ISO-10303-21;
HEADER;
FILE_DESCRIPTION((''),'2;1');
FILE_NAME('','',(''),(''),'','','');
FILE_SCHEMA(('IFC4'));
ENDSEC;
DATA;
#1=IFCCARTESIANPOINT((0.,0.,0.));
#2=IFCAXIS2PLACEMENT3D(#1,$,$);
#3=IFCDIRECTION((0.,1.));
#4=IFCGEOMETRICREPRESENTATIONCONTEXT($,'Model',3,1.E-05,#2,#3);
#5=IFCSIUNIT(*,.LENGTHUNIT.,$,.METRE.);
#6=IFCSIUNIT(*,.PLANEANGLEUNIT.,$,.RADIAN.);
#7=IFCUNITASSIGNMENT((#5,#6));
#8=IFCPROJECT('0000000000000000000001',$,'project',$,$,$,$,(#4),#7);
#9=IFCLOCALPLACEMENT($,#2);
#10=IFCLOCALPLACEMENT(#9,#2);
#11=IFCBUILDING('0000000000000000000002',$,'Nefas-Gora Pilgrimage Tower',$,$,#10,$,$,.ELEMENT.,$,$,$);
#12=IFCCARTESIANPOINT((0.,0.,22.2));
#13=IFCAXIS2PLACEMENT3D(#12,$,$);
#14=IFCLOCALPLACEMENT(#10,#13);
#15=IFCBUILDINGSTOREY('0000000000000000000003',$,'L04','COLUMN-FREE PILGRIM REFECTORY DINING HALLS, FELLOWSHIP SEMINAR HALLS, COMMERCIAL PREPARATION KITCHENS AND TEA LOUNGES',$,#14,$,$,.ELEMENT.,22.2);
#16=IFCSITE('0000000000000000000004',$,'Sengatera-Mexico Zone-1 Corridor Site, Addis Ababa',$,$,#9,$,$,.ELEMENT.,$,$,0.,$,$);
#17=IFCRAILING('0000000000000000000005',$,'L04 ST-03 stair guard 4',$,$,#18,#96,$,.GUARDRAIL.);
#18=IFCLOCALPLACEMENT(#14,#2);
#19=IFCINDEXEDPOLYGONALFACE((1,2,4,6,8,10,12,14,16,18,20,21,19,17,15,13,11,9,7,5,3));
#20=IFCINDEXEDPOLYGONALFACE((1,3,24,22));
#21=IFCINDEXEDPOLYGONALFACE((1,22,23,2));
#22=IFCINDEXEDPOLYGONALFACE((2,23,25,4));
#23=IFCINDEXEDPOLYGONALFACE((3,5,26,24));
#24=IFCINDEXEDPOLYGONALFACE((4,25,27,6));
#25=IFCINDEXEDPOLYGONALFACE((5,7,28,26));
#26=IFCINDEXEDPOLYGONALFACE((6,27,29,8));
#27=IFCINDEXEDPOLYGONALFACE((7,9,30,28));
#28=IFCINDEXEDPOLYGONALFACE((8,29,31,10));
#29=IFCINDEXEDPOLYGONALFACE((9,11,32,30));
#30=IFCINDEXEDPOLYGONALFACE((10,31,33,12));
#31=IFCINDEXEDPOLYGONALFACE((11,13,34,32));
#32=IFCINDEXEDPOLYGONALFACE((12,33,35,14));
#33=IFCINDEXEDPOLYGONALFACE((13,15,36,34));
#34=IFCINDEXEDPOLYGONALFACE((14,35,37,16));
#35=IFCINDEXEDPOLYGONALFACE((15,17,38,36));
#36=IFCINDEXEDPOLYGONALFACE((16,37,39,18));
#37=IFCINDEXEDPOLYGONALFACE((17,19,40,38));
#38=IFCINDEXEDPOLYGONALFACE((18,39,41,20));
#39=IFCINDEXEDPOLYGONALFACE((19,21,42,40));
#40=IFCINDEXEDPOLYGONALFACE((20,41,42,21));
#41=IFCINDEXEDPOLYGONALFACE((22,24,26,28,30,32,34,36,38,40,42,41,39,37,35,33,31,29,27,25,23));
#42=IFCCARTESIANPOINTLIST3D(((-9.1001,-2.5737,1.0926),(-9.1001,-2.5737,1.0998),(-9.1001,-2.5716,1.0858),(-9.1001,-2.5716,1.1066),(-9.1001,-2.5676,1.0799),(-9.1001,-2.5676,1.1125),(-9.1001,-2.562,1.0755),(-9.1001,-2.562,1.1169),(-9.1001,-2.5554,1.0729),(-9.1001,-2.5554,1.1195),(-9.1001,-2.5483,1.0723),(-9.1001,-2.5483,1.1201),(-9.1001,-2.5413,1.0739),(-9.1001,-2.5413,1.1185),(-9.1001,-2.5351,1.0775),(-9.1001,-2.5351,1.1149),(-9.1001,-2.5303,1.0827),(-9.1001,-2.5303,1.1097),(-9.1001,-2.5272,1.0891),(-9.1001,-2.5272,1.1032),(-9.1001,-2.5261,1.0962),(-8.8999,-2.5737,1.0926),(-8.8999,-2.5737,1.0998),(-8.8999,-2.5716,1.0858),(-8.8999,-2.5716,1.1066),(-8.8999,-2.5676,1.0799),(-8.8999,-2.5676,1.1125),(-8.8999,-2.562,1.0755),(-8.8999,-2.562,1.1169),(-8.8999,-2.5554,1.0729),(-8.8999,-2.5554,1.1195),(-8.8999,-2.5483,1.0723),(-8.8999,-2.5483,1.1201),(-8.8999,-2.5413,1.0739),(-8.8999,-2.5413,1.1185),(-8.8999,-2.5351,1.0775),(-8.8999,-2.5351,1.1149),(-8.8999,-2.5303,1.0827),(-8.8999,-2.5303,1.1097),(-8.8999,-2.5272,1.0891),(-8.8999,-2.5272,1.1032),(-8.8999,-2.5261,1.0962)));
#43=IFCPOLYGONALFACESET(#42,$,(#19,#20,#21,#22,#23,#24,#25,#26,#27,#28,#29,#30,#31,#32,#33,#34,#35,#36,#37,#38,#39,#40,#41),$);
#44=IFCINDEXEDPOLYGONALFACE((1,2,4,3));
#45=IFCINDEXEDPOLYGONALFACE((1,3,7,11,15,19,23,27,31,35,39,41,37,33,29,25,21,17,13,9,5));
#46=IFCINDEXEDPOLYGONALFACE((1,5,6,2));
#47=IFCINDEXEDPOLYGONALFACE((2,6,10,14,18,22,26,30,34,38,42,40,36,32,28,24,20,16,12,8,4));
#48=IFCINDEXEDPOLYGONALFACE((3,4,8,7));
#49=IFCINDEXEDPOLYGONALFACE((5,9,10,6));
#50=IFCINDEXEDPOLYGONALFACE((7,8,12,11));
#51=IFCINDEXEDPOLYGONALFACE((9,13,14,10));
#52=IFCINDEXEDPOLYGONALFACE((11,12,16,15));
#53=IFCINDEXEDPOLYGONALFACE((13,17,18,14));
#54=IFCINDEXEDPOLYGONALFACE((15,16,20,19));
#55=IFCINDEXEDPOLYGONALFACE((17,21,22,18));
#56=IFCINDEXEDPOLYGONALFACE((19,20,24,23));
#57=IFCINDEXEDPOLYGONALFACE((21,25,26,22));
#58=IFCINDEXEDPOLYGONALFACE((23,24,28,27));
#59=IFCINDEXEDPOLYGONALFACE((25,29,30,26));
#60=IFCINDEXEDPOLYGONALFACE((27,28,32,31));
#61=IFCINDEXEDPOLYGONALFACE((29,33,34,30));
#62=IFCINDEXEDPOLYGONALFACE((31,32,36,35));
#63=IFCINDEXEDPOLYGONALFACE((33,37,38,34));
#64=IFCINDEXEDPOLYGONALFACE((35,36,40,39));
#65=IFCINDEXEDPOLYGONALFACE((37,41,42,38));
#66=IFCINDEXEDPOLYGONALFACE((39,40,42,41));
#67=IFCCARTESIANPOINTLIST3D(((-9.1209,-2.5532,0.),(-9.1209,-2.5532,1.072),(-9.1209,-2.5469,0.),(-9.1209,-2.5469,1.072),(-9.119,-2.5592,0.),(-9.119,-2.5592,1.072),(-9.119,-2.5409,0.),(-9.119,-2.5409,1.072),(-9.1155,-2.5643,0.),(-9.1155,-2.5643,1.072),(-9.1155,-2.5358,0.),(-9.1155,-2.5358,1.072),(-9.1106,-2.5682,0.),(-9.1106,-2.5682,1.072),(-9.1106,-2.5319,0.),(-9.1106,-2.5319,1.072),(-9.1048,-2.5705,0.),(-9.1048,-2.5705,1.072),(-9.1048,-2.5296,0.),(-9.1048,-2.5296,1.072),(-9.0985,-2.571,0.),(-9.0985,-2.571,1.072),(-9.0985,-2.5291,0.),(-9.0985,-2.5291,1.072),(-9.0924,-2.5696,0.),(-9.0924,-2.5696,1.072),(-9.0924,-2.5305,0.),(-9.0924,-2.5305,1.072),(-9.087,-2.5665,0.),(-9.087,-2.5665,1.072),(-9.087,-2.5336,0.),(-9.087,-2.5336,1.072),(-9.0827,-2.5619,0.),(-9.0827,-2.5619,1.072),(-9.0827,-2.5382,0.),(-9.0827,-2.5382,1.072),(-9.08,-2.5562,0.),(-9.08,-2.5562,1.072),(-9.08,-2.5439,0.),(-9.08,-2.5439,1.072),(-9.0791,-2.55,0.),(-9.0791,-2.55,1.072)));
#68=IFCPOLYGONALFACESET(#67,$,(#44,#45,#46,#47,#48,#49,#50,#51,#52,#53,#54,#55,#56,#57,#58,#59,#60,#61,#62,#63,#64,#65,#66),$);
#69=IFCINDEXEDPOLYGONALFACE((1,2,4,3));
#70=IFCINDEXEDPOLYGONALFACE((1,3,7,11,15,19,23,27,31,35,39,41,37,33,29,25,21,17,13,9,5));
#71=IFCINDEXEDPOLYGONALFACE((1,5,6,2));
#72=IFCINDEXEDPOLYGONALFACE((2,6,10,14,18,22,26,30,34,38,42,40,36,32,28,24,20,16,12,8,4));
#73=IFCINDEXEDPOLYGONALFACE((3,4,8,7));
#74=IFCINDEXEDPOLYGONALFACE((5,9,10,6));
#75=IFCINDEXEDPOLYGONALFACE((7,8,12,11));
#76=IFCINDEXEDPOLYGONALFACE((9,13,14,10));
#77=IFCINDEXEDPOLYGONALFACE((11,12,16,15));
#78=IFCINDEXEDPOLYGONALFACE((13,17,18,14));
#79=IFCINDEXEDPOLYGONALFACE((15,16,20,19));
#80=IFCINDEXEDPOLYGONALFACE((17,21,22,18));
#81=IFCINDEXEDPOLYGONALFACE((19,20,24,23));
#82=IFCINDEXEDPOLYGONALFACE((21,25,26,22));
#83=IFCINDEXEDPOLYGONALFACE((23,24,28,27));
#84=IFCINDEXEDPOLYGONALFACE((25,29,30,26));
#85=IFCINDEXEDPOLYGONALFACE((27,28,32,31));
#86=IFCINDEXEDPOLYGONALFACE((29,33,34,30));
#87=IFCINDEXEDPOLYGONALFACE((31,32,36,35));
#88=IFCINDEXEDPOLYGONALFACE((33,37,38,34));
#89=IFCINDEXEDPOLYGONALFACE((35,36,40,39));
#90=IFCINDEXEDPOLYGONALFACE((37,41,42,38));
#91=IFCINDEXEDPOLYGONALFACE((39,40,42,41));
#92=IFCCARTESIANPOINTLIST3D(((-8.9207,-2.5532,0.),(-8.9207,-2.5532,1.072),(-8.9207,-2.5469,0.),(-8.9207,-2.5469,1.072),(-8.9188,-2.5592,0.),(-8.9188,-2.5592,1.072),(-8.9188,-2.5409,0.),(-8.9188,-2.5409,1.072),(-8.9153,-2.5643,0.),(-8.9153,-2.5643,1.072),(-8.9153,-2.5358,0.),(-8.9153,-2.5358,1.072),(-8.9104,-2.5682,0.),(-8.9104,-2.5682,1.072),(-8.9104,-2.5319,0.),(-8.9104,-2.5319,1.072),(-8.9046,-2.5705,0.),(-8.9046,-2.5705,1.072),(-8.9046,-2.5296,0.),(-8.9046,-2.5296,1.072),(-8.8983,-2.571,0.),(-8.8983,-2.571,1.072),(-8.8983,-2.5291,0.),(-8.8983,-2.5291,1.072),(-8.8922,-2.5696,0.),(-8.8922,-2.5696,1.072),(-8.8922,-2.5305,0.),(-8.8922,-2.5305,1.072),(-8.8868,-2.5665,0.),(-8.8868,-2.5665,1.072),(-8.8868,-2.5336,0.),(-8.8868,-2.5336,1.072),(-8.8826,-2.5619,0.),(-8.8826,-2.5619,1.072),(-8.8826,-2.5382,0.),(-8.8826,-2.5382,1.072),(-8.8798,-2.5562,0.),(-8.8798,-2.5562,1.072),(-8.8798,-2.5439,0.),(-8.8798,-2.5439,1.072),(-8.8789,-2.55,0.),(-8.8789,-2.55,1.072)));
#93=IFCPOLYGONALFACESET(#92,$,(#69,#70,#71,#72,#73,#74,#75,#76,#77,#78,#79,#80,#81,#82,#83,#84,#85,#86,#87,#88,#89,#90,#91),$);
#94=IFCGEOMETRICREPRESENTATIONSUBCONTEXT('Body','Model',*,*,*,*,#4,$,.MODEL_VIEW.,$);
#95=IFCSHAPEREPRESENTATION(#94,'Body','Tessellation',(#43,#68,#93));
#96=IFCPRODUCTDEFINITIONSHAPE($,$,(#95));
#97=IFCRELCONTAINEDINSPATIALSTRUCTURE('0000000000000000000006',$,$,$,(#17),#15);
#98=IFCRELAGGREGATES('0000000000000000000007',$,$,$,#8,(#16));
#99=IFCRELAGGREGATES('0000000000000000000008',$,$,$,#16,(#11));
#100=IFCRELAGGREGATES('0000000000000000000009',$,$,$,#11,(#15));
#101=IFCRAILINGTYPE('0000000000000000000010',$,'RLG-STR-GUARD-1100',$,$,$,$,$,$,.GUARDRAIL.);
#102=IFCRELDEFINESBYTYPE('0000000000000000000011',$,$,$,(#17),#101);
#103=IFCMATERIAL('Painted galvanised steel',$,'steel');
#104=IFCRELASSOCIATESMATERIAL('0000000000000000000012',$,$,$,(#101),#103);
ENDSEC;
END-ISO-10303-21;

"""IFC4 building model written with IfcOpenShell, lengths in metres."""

from ifc_helpers import new_model, si_unit, direction, frame, origin, origin_2d, place, context, subcontext, project, spatial, circle, extrude, material, type_object, element, save


model = new_model("IFC4")

# Units and contexts
model_context = context("Model", 3, precision=1e-05, world=origin(), true_north=direction((0.0, 1.0)))
body_context = subcontext(model_context, "Body", "Model", "MODEL_VIEW")
ifc_project = project(units=[si_unit("LENGTHUNIT", "METRE"), si_unit("PLANEANGLEUNIT", "RADIAN")], contexts=[model_context])

# Site, building, storey
site_placement = place(None, origin())
site = spatial("IfcSite", under=ifc_project, at=site_placement, Name="Sengatera-Mexico Zone-1 Corridor Site, Addis Ababa", CompositionType="ELEMENT", RefElevation=0.0)
building_placement = place(site_placement, origin())
building = spatial("IfcBuilding", under=site, at=building_placement, Name="Nefas-Gora Pilgrimage Tower", CompositionType="ELEMENT")
storey_placement = place(building_placement, frame((0.0, 0.0, 22.2)))
storey = spatial("IfcBuildingStorey", under=building, at=storey_placement, Name="L04", Description="COLUMN-FREE PILGRIM REFECTORY DINING HALLS, FELLOWSHIP SEMINAR HALLS, COMMERCIAL PREPARATION KITCHENS AND TEA LOUNGES", CompositionType="ELEMENT", Elevation=22.2)

# Railing
ifc_material_1 = material(Name="Painted galvanised steel", Category="steel")
railing_type_1 = type_object("IfcRailingType", Name="RLG-STR-GUARD-1100", PredefinedType="GUARDRAIL", material=ifc_material_1)
railing_1_placement = place(storey_placement, frame((-9.1001, -2.55, 0.0)))
element("IfcRailing", 1, at=railing_1_placement, inside=storey, type_object=railing_type_1, Name="L04 ST-03 stair guard 4", PredefinedType="GUARDRAIL", context=body_context, shape_type="SweptSolid", body=[
    extrude(circle(Radius=0.0239, at=origin_2d()), frame((0.0, 0.0, 1.0962), z_axis=(1.0, 0.0, 0.0), x_axis=(0.0, 1.0, 0.0)), (0.0, 0.0, 1.0), 0.2002),
    extrude(circle(Radius=0.021, at=origin_2d()), origin(), (0.0, 0.0, 1.0), 1.072),
    extrude(circle(Radius=0.021, at=origin_2d()), frame((0.2002, 0.0, 0.0)), (0.0, 0.0, 1.0), 1.072),
])

save(model, "model.ifc")
